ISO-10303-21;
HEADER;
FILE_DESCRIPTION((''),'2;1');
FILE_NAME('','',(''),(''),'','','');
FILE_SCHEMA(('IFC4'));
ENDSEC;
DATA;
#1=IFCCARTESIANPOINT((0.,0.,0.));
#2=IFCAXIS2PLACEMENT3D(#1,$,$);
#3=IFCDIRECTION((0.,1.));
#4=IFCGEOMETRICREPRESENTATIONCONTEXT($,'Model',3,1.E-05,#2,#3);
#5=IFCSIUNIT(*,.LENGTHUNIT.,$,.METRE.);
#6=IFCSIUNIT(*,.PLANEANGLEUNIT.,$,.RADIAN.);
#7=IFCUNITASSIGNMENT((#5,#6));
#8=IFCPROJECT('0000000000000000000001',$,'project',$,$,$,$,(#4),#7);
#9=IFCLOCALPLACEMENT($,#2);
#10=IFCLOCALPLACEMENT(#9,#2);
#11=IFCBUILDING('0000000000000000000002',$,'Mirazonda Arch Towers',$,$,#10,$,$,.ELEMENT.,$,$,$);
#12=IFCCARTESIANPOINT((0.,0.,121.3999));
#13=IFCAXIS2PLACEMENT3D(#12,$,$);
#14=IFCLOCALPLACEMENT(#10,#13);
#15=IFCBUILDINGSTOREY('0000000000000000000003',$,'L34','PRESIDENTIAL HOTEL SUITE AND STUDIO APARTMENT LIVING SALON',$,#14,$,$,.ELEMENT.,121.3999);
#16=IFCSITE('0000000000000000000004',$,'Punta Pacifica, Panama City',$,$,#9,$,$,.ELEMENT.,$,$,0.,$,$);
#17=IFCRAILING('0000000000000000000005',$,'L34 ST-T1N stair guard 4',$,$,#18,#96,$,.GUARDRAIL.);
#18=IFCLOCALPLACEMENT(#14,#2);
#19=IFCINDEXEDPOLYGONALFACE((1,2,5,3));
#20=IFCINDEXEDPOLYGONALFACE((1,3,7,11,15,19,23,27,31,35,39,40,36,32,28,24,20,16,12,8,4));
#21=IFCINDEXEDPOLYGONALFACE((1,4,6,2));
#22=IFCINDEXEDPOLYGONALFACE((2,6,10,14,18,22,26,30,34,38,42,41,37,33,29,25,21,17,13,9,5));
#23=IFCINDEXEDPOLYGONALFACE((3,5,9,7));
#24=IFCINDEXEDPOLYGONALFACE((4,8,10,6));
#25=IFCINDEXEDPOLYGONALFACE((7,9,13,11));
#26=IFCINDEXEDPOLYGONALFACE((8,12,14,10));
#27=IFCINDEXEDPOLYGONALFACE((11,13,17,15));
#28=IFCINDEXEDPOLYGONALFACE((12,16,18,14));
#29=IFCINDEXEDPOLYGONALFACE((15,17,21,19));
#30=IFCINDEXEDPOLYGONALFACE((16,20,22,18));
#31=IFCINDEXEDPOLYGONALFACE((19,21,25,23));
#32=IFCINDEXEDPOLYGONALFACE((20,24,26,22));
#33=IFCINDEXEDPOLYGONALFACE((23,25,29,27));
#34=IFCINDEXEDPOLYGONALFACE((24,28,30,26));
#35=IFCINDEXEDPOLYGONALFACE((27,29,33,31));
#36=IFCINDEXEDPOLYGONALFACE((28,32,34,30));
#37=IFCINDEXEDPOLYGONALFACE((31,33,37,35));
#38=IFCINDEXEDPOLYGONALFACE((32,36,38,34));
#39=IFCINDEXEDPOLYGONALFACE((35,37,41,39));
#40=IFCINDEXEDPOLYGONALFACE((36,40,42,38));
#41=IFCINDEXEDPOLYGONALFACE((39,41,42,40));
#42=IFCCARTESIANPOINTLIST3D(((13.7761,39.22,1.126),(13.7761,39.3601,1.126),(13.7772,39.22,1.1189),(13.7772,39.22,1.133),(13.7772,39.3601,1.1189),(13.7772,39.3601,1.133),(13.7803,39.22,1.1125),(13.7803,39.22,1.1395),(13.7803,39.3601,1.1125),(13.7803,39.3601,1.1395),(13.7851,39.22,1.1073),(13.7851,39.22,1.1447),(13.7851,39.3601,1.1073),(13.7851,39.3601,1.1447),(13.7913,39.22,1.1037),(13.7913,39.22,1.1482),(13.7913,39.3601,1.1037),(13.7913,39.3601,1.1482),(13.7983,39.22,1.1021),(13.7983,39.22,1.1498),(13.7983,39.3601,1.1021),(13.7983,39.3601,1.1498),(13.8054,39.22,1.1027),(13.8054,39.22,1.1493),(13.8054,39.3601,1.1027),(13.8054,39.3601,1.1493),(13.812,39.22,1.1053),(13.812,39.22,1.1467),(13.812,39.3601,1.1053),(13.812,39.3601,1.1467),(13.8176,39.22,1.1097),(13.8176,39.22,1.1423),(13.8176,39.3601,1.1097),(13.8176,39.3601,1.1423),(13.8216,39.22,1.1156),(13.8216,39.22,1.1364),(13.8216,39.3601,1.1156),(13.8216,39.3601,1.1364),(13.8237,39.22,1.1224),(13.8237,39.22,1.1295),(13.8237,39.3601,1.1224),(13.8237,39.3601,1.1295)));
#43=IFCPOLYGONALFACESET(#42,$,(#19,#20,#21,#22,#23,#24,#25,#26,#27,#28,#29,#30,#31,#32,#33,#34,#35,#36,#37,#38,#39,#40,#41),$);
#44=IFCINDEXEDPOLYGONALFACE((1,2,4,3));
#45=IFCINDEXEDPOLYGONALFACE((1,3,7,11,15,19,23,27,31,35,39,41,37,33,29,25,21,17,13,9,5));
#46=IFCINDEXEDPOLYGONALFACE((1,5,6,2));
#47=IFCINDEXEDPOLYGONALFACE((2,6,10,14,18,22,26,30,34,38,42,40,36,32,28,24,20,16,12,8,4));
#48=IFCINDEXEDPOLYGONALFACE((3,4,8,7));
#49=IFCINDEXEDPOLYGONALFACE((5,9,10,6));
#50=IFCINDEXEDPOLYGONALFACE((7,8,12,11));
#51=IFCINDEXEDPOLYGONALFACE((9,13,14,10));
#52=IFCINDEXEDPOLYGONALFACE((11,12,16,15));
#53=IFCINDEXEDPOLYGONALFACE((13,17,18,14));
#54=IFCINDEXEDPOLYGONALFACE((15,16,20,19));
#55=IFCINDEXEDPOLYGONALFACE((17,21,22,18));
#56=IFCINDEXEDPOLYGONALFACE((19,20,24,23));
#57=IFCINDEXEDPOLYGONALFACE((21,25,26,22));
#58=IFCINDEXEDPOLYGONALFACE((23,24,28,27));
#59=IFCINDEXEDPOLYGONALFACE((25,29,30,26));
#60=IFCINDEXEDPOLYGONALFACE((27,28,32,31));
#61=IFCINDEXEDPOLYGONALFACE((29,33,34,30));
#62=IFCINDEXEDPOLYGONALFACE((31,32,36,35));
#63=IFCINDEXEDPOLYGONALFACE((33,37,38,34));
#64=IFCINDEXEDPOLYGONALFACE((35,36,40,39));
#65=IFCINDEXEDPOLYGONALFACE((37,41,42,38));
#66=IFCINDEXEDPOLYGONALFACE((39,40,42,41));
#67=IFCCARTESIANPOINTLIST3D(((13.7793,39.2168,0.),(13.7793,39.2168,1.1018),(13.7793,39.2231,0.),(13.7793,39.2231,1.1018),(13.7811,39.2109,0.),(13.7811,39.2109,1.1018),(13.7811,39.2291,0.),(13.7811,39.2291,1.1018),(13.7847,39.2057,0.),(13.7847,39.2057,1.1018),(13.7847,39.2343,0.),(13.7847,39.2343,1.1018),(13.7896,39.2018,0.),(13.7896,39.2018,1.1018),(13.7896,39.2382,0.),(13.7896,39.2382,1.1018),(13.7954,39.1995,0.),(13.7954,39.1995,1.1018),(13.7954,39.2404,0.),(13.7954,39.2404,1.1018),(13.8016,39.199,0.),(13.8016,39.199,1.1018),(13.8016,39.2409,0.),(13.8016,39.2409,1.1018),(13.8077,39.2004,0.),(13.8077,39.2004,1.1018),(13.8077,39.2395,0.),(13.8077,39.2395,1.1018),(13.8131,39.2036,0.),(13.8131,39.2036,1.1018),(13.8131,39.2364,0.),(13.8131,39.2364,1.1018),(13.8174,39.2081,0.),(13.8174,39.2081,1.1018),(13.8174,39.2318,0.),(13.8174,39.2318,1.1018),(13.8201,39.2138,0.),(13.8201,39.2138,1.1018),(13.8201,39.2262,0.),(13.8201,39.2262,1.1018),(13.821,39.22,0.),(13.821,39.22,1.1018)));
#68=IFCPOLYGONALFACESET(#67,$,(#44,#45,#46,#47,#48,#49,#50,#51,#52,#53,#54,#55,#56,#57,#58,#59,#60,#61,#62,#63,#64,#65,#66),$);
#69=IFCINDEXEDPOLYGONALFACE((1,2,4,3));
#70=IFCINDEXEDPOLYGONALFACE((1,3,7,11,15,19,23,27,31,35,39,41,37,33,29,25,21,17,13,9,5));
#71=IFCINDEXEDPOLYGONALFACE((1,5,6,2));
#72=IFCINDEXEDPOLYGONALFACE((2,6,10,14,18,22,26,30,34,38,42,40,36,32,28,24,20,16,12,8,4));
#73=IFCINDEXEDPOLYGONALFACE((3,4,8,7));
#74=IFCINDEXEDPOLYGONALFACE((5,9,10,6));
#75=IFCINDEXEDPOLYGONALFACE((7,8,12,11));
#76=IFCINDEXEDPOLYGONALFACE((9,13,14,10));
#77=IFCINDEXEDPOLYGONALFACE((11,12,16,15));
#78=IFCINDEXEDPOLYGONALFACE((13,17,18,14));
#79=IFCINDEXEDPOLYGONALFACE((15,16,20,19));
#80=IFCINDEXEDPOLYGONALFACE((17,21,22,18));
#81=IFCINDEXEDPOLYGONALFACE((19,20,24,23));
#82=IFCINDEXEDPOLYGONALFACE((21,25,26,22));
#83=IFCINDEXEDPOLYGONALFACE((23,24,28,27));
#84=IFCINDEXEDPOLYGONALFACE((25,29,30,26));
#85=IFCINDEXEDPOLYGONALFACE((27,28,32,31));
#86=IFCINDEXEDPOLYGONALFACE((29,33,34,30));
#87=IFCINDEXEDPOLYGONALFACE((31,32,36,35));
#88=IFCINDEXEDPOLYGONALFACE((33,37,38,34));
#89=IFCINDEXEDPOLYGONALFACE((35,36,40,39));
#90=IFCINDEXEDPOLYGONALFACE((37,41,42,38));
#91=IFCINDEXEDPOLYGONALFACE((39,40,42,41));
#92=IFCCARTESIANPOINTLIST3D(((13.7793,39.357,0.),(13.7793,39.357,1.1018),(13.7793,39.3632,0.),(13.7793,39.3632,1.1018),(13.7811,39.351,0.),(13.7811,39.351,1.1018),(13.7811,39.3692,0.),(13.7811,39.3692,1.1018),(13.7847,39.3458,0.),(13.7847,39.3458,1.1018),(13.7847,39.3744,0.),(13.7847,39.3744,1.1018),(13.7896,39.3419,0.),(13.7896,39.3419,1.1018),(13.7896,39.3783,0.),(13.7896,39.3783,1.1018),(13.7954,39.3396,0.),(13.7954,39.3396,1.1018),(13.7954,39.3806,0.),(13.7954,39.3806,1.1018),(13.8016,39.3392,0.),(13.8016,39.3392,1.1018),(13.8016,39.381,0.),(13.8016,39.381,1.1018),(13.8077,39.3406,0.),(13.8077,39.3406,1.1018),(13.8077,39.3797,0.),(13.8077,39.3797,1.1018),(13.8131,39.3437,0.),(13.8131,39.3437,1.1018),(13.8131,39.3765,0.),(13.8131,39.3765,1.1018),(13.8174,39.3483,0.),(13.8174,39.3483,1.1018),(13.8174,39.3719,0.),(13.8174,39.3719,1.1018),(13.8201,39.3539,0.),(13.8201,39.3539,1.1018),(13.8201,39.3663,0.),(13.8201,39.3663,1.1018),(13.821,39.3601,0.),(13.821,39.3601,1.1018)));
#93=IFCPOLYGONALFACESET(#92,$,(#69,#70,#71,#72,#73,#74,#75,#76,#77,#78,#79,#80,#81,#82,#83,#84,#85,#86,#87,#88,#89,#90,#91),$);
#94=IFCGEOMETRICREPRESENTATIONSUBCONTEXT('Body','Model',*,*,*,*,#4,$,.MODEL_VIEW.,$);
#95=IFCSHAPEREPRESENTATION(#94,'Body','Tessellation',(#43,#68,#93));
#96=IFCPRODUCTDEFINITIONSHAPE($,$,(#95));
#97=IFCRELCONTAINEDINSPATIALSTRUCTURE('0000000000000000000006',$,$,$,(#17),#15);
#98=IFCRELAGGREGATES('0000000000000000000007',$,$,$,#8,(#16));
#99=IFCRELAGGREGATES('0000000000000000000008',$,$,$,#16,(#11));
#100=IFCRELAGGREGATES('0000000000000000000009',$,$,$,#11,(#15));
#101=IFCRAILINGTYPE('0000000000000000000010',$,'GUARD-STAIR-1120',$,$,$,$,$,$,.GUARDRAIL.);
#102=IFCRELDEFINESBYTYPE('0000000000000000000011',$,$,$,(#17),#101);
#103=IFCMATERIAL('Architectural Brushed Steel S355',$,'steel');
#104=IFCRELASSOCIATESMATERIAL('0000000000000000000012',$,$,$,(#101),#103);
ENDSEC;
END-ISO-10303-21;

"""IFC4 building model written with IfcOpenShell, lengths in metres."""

from ifc_helpers import new_model, si_unit, direction, frame, origin, origin_2d, place, context, subcontext, project, spatial, circle, extrude, material, type_object, element, save


model = new_model("IFC4")

# Units and contexts
model_context = context("Model", 3, precision=1e-05, world=origin(), true_north=direction((0.0, 1.0)))
body_context = subcontext(model_context, "Body", "Model", "MODEL_VIEW")
ifc_project = project(units=[si_unit("LENGTHUNIT", "METRE"), si_unit("PLANEANGLEUNIT", "RADIAN")], contexts=[model_context])

# Site, building, storey
site_placement = place(None, origin())
site = spatial("IfcSite", under=ifc_project, at=site_placement, Name="Punta Pacifica, Panama City", CompositionType="ELEMENT", RefElevation=0.0)
building_placement = place(site_placement, origin())
building = spatial("IfcBuilding", under=site, at=building_placement, Name="Mirazonda Arch Towers", CompositionType="ELEMENT")
storey_placement = place(building_placement, frame((0.0, 0.0, 121.3999)))
storey = spatial("IfcBuildingStorey", under=building, at=storey_placement, Name="L34", Description="PRESIDENTIAL HOTEL SUITE AND STUDIO APARTMENT LIVING SALON", CompositionType="ELEMENT", Elevation=121.3999)

# Shared definitions
ifc_material_1 = material(Name="Architectural Brushed Steel S355", Category="steel")

# Railing
railing_type_1 = type_object("IfcRailingType", Name="GUARD-STAIR-1120", PredefinedType="GUARDRAIL", material=ifc_material_1)
railing_1_placement = place(storey_placement, frame((13.8, 39.22, 0.0)))
element("IfcRailing", 1, at=railing_1_placement, inside=storey, type_object=railing_type_1, Name="L34 ST-T1N stair guard 4", PredefinedType="GUARDRAIL", context=body_context, shape_type="SweptSolid", body=[
    extrude(circle(Radius=0.0239, at=origin_2d()), frame((0.0, 0.0, 1.126), z_axis=(0.0, 1.0, 0.0), x_axis=(-1.0, 0.0, 0.0)), (0.0, 0.0, 1.0), 0.1401),
    extrude(circle(Radius=0.021, at=origin_2d()), origin(), (0.0, 0.0, 1.0), 1.1018),
    extrude(circle(Radius=0.021, at=origin_2d()), frame((0.0, 0.1401, 0.0)), (0.0, 0.0, 1.0), 1.1018),
])

save(model, "model.ifc")
